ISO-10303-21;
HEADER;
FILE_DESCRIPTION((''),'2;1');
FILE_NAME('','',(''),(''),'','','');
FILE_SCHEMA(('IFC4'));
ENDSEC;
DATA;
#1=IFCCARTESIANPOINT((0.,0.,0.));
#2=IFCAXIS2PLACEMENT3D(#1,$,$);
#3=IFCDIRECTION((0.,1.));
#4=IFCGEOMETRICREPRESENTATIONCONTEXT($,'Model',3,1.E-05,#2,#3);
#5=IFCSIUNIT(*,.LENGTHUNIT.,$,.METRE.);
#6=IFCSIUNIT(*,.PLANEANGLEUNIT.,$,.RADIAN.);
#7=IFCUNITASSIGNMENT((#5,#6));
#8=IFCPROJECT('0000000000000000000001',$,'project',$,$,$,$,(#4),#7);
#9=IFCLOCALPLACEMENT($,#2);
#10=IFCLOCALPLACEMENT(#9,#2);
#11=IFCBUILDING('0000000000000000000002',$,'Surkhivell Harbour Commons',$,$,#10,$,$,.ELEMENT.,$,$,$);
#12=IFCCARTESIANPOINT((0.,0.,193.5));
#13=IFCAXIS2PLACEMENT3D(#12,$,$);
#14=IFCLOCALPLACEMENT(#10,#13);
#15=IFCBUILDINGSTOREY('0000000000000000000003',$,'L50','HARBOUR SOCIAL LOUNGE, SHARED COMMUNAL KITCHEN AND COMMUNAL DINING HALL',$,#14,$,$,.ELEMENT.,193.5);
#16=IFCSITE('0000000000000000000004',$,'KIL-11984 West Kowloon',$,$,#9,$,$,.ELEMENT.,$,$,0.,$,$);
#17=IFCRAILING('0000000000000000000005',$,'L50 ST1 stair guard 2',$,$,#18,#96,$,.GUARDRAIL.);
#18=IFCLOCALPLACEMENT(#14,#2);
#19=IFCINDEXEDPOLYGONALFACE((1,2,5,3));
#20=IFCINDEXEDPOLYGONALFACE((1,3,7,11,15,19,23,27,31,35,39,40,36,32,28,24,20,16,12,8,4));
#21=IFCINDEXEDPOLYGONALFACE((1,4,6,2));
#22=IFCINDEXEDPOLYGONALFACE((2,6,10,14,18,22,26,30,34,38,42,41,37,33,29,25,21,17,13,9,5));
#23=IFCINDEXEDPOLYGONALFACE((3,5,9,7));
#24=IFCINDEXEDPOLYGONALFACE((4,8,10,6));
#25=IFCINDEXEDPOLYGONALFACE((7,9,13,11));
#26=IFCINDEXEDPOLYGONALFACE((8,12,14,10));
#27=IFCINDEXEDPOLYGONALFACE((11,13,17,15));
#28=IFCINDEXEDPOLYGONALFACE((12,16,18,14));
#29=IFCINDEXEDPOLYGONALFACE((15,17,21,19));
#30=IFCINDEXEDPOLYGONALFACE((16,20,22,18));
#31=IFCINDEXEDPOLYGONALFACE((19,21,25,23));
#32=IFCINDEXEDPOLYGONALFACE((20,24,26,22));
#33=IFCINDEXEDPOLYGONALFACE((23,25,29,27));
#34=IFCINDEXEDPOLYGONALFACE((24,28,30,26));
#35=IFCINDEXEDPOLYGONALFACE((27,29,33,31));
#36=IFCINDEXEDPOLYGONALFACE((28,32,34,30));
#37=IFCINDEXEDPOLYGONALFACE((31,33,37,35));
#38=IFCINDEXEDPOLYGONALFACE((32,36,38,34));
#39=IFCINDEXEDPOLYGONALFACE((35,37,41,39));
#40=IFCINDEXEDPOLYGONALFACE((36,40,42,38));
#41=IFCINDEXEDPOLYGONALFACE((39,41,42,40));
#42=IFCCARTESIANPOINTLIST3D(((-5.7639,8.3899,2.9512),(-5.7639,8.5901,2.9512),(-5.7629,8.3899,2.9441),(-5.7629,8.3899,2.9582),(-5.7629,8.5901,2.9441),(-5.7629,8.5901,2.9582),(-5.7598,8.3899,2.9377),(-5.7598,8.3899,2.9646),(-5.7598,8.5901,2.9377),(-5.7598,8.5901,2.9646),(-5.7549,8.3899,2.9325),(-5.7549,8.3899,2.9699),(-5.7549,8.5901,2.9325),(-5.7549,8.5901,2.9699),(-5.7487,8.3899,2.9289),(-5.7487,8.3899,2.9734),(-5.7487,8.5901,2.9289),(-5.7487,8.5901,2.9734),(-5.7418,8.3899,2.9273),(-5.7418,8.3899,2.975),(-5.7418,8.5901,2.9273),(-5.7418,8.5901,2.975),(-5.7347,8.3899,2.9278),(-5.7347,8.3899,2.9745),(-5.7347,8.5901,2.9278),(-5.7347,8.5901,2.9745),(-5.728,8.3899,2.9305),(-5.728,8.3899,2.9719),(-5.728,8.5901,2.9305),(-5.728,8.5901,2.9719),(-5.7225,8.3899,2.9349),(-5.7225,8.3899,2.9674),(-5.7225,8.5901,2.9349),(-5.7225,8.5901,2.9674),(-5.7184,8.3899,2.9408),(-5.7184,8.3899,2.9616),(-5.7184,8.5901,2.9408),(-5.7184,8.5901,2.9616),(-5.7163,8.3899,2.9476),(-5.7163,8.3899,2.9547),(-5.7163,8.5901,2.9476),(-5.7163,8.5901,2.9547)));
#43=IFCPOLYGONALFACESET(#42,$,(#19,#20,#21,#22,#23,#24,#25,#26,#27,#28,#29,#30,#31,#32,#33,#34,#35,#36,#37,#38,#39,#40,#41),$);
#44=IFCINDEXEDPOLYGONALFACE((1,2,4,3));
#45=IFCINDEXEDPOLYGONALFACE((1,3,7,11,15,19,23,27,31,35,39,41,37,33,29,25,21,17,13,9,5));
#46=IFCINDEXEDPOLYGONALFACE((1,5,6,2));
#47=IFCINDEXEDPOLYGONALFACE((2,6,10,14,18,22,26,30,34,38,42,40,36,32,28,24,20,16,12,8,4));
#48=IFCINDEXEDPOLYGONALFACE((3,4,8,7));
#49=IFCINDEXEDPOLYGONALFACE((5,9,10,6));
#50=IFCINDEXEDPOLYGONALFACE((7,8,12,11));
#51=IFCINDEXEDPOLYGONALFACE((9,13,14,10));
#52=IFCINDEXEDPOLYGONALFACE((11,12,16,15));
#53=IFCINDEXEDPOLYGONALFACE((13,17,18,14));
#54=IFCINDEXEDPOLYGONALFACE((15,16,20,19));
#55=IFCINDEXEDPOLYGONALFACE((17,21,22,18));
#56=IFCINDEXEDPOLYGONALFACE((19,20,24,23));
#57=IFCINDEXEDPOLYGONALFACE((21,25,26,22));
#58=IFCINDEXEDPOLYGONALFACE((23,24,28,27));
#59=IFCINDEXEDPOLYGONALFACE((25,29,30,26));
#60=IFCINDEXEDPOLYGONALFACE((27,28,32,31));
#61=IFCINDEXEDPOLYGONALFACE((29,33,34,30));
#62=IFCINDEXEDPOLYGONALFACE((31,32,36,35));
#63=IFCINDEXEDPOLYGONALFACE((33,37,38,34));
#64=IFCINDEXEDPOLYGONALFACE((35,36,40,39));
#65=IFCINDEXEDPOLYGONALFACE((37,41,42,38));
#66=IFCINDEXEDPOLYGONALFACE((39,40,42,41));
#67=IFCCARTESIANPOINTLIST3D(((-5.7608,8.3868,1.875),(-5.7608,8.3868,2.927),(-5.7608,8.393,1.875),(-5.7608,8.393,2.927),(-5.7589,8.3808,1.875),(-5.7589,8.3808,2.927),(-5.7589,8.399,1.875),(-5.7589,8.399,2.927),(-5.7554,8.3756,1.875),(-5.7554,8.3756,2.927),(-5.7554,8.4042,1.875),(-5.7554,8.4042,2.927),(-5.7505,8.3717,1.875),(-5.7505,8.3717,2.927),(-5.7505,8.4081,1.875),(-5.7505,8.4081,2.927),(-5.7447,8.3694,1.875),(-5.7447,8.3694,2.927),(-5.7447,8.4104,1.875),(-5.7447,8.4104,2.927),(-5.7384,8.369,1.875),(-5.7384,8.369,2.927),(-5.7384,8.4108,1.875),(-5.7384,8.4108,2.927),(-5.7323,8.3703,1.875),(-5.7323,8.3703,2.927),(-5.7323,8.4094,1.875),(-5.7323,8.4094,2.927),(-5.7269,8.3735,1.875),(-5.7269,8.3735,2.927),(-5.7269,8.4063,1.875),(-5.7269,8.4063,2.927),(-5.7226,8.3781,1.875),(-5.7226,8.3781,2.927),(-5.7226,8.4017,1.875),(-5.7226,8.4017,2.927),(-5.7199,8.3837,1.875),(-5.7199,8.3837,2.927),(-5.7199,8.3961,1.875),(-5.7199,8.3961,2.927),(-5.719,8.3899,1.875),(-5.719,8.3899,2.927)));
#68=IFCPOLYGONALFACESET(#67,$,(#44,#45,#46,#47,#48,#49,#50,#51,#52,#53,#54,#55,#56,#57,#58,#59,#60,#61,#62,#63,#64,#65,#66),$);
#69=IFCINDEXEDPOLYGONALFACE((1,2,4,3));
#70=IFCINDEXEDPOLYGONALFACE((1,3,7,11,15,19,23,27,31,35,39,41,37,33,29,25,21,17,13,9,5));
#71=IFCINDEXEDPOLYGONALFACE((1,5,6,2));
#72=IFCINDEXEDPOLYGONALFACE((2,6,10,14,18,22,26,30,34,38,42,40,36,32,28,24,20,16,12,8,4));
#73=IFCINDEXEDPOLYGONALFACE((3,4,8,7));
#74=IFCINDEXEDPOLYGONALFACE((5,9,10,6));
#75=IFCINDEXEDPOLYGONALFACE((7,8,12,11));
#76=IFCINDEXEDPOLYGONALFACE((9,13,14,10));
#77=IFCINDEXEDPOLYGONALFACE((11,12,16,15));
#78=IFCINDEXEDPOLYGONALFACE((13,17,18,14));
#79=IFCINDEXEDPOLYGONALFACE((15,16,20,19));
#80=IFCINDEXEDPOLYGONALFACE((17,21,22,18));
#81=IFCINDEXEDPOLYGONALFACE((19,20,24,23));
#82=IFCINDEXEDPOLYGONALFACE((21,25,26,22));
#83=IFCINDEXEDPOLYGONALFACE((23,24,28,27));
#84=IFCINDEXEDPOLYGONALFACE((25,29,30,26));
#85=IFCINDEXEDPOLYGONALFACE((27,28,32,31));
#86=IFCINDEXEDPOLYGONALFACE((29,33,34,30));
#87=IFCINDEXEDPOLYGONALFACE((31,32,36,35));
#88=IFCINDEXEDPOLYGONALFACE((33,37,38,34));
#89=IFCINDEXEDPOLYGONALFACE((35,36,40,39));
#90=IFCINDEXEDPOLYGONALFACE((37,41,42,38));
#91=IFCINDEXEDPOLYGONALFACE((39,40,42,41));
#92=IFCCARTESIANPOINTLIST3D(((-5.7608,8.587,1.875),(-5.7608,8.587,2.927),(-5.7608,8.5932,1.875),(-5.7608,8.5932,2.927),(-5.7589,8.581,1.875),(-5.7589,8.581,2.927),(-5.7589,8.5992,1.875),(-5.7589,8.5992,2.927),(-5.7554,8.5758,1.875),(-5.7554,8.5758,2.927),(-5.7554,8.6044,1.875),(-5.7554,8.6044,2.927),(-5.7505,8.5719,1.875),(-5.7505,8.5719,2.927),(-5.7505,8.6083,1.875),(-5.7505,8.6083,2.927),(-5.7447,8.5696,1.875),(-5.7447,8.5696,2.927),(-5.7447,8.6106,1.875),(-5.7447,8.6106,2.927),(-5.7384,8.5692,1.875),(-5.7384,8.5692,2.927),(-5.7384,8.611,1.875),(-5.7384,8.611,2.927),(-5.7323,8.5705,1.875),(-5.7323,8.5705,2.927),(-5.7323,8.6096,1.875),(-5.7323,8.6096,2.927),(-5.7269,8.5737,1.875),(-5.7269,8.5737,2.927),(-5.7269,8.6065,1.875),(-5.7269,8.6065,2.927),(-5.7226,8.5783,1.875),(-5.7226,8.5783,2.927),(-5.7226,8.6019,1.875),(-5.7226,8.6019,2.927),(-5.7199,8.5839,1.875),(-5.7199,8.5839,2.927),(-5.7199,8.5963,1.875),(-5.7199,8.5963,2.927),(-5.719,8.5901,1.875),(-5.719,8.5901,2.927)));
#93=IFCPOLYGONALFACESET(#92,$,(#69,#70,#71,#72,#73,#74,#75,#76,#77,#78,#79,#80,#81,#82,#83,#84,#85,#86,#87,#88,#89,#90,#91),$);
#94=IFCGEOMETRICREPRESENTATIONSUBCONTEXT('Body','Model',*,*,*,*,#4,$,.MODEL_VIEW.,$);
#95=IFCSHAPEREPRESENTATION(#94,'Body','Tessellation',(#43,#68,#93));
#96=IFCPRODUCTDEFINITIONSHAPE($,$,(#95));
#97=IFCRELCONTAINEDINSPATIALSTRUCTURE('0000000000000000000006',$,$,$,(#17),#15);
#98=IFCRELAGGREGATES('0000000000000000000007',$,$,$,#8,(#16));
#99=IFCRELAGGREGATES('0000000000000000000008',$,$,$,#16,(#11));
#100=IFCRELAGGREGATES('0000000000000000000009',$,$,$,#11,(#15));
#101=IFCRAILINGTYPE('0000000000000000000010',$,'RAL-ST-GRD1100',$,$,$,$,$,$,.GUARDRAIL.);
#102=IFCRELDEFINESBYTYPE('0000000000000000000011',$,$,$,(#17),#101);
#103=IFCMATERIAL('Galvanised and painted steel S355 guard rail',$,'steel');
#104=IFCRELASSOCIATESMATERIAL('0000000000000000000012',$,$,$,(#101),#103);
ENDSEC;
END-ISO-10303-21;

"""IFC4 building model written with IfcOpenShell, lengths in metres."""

from ifc_helpers import new_model, si_unit, direction, frame, origin, origin_2d, place, context, subcontext, project, spatial, circle, extrude, material, type_object, element, save


model = new_model("IFC4")

# Units and contexts
model_context = context("Model", 3, precision=1e-05, world=origin(), true_north=direction((0.0, 1.0)))
body_context = subcontext(model_context, "Body", "Model", "MODEL_VIEW")
ifc_project = project(units=[si_unit("LENGTHUNIT", "METRE"), si_unit("PLANEANGLEUNIT", "RADIAN")], contexts=[model_context])

# Site, building, storey
site_placement = place(None, origin())
site = spatial("IfcSite", under=ifc_project, at=site_placement, Name="KIL-11984 West Kowloon", CompositionType="ELEMENT", RefElevation=0.0)
building_placement = place(site_placement, origin())
building = spatial("IfcBuilding", under=site, at=building_placement, Name="Surkhivell Harbour Commons", CompositionType="ELEMENT")
storey_placement = place(building_placement, frame((0.0, 0.0, 193.5)))
storey = spatial("IfcBuildingStorey", under=building, at=storey_placement, Name="L50", Description="HARBOUR SOCIAL LOUNGE, SHARED COMMUNAL KITCHEN AND COMMUNAL DINING HALL", CompositionType="ELEMENT", Elevation=193.5)

# Railing
ifc_material_1 = material(Name="Galvanised and painted steel S355 guard rail", Category="steel")
railing_type_1 = type_object("IfcRailingType", Name="RAL-ST-GRD1100", PredefinedType="GUARDRAIL", material=ifc_material_1)
railing_1_placement = place(storey_placement, frame((-5.74, 8.3899, 1.875)))
element("IfcRailing", 1, at=railing_1_placement, inside=storey, type_object=railing_type_1, Name="L50 ST1 stair guard 2", PredefinedType="GUARDRAIL", context=body_context, shape_type="SweptSolid", body=[
    extrude(circle(Radius=0.0239, at=origin_2d()), frame((0.0, 0.0, 1.0762), z_axis=(0.0, 1.0, 0.0), x_axis=(-1.0, 0.0, 0.0)), (0.0, 0.0, 1.0), 0.2002),
    extrude(circle(Radius=0.021, at=origin_2d()), origin(), (0.0, 0.0, 1.0), 1.052),
    extrude(circle(Radius=0.021, at=origin_2d()), frame((0.0, 0.2002, 0.0)), (0.0, 0.0, 1.0), 1.052),
])

save(model, "model.ifc")
